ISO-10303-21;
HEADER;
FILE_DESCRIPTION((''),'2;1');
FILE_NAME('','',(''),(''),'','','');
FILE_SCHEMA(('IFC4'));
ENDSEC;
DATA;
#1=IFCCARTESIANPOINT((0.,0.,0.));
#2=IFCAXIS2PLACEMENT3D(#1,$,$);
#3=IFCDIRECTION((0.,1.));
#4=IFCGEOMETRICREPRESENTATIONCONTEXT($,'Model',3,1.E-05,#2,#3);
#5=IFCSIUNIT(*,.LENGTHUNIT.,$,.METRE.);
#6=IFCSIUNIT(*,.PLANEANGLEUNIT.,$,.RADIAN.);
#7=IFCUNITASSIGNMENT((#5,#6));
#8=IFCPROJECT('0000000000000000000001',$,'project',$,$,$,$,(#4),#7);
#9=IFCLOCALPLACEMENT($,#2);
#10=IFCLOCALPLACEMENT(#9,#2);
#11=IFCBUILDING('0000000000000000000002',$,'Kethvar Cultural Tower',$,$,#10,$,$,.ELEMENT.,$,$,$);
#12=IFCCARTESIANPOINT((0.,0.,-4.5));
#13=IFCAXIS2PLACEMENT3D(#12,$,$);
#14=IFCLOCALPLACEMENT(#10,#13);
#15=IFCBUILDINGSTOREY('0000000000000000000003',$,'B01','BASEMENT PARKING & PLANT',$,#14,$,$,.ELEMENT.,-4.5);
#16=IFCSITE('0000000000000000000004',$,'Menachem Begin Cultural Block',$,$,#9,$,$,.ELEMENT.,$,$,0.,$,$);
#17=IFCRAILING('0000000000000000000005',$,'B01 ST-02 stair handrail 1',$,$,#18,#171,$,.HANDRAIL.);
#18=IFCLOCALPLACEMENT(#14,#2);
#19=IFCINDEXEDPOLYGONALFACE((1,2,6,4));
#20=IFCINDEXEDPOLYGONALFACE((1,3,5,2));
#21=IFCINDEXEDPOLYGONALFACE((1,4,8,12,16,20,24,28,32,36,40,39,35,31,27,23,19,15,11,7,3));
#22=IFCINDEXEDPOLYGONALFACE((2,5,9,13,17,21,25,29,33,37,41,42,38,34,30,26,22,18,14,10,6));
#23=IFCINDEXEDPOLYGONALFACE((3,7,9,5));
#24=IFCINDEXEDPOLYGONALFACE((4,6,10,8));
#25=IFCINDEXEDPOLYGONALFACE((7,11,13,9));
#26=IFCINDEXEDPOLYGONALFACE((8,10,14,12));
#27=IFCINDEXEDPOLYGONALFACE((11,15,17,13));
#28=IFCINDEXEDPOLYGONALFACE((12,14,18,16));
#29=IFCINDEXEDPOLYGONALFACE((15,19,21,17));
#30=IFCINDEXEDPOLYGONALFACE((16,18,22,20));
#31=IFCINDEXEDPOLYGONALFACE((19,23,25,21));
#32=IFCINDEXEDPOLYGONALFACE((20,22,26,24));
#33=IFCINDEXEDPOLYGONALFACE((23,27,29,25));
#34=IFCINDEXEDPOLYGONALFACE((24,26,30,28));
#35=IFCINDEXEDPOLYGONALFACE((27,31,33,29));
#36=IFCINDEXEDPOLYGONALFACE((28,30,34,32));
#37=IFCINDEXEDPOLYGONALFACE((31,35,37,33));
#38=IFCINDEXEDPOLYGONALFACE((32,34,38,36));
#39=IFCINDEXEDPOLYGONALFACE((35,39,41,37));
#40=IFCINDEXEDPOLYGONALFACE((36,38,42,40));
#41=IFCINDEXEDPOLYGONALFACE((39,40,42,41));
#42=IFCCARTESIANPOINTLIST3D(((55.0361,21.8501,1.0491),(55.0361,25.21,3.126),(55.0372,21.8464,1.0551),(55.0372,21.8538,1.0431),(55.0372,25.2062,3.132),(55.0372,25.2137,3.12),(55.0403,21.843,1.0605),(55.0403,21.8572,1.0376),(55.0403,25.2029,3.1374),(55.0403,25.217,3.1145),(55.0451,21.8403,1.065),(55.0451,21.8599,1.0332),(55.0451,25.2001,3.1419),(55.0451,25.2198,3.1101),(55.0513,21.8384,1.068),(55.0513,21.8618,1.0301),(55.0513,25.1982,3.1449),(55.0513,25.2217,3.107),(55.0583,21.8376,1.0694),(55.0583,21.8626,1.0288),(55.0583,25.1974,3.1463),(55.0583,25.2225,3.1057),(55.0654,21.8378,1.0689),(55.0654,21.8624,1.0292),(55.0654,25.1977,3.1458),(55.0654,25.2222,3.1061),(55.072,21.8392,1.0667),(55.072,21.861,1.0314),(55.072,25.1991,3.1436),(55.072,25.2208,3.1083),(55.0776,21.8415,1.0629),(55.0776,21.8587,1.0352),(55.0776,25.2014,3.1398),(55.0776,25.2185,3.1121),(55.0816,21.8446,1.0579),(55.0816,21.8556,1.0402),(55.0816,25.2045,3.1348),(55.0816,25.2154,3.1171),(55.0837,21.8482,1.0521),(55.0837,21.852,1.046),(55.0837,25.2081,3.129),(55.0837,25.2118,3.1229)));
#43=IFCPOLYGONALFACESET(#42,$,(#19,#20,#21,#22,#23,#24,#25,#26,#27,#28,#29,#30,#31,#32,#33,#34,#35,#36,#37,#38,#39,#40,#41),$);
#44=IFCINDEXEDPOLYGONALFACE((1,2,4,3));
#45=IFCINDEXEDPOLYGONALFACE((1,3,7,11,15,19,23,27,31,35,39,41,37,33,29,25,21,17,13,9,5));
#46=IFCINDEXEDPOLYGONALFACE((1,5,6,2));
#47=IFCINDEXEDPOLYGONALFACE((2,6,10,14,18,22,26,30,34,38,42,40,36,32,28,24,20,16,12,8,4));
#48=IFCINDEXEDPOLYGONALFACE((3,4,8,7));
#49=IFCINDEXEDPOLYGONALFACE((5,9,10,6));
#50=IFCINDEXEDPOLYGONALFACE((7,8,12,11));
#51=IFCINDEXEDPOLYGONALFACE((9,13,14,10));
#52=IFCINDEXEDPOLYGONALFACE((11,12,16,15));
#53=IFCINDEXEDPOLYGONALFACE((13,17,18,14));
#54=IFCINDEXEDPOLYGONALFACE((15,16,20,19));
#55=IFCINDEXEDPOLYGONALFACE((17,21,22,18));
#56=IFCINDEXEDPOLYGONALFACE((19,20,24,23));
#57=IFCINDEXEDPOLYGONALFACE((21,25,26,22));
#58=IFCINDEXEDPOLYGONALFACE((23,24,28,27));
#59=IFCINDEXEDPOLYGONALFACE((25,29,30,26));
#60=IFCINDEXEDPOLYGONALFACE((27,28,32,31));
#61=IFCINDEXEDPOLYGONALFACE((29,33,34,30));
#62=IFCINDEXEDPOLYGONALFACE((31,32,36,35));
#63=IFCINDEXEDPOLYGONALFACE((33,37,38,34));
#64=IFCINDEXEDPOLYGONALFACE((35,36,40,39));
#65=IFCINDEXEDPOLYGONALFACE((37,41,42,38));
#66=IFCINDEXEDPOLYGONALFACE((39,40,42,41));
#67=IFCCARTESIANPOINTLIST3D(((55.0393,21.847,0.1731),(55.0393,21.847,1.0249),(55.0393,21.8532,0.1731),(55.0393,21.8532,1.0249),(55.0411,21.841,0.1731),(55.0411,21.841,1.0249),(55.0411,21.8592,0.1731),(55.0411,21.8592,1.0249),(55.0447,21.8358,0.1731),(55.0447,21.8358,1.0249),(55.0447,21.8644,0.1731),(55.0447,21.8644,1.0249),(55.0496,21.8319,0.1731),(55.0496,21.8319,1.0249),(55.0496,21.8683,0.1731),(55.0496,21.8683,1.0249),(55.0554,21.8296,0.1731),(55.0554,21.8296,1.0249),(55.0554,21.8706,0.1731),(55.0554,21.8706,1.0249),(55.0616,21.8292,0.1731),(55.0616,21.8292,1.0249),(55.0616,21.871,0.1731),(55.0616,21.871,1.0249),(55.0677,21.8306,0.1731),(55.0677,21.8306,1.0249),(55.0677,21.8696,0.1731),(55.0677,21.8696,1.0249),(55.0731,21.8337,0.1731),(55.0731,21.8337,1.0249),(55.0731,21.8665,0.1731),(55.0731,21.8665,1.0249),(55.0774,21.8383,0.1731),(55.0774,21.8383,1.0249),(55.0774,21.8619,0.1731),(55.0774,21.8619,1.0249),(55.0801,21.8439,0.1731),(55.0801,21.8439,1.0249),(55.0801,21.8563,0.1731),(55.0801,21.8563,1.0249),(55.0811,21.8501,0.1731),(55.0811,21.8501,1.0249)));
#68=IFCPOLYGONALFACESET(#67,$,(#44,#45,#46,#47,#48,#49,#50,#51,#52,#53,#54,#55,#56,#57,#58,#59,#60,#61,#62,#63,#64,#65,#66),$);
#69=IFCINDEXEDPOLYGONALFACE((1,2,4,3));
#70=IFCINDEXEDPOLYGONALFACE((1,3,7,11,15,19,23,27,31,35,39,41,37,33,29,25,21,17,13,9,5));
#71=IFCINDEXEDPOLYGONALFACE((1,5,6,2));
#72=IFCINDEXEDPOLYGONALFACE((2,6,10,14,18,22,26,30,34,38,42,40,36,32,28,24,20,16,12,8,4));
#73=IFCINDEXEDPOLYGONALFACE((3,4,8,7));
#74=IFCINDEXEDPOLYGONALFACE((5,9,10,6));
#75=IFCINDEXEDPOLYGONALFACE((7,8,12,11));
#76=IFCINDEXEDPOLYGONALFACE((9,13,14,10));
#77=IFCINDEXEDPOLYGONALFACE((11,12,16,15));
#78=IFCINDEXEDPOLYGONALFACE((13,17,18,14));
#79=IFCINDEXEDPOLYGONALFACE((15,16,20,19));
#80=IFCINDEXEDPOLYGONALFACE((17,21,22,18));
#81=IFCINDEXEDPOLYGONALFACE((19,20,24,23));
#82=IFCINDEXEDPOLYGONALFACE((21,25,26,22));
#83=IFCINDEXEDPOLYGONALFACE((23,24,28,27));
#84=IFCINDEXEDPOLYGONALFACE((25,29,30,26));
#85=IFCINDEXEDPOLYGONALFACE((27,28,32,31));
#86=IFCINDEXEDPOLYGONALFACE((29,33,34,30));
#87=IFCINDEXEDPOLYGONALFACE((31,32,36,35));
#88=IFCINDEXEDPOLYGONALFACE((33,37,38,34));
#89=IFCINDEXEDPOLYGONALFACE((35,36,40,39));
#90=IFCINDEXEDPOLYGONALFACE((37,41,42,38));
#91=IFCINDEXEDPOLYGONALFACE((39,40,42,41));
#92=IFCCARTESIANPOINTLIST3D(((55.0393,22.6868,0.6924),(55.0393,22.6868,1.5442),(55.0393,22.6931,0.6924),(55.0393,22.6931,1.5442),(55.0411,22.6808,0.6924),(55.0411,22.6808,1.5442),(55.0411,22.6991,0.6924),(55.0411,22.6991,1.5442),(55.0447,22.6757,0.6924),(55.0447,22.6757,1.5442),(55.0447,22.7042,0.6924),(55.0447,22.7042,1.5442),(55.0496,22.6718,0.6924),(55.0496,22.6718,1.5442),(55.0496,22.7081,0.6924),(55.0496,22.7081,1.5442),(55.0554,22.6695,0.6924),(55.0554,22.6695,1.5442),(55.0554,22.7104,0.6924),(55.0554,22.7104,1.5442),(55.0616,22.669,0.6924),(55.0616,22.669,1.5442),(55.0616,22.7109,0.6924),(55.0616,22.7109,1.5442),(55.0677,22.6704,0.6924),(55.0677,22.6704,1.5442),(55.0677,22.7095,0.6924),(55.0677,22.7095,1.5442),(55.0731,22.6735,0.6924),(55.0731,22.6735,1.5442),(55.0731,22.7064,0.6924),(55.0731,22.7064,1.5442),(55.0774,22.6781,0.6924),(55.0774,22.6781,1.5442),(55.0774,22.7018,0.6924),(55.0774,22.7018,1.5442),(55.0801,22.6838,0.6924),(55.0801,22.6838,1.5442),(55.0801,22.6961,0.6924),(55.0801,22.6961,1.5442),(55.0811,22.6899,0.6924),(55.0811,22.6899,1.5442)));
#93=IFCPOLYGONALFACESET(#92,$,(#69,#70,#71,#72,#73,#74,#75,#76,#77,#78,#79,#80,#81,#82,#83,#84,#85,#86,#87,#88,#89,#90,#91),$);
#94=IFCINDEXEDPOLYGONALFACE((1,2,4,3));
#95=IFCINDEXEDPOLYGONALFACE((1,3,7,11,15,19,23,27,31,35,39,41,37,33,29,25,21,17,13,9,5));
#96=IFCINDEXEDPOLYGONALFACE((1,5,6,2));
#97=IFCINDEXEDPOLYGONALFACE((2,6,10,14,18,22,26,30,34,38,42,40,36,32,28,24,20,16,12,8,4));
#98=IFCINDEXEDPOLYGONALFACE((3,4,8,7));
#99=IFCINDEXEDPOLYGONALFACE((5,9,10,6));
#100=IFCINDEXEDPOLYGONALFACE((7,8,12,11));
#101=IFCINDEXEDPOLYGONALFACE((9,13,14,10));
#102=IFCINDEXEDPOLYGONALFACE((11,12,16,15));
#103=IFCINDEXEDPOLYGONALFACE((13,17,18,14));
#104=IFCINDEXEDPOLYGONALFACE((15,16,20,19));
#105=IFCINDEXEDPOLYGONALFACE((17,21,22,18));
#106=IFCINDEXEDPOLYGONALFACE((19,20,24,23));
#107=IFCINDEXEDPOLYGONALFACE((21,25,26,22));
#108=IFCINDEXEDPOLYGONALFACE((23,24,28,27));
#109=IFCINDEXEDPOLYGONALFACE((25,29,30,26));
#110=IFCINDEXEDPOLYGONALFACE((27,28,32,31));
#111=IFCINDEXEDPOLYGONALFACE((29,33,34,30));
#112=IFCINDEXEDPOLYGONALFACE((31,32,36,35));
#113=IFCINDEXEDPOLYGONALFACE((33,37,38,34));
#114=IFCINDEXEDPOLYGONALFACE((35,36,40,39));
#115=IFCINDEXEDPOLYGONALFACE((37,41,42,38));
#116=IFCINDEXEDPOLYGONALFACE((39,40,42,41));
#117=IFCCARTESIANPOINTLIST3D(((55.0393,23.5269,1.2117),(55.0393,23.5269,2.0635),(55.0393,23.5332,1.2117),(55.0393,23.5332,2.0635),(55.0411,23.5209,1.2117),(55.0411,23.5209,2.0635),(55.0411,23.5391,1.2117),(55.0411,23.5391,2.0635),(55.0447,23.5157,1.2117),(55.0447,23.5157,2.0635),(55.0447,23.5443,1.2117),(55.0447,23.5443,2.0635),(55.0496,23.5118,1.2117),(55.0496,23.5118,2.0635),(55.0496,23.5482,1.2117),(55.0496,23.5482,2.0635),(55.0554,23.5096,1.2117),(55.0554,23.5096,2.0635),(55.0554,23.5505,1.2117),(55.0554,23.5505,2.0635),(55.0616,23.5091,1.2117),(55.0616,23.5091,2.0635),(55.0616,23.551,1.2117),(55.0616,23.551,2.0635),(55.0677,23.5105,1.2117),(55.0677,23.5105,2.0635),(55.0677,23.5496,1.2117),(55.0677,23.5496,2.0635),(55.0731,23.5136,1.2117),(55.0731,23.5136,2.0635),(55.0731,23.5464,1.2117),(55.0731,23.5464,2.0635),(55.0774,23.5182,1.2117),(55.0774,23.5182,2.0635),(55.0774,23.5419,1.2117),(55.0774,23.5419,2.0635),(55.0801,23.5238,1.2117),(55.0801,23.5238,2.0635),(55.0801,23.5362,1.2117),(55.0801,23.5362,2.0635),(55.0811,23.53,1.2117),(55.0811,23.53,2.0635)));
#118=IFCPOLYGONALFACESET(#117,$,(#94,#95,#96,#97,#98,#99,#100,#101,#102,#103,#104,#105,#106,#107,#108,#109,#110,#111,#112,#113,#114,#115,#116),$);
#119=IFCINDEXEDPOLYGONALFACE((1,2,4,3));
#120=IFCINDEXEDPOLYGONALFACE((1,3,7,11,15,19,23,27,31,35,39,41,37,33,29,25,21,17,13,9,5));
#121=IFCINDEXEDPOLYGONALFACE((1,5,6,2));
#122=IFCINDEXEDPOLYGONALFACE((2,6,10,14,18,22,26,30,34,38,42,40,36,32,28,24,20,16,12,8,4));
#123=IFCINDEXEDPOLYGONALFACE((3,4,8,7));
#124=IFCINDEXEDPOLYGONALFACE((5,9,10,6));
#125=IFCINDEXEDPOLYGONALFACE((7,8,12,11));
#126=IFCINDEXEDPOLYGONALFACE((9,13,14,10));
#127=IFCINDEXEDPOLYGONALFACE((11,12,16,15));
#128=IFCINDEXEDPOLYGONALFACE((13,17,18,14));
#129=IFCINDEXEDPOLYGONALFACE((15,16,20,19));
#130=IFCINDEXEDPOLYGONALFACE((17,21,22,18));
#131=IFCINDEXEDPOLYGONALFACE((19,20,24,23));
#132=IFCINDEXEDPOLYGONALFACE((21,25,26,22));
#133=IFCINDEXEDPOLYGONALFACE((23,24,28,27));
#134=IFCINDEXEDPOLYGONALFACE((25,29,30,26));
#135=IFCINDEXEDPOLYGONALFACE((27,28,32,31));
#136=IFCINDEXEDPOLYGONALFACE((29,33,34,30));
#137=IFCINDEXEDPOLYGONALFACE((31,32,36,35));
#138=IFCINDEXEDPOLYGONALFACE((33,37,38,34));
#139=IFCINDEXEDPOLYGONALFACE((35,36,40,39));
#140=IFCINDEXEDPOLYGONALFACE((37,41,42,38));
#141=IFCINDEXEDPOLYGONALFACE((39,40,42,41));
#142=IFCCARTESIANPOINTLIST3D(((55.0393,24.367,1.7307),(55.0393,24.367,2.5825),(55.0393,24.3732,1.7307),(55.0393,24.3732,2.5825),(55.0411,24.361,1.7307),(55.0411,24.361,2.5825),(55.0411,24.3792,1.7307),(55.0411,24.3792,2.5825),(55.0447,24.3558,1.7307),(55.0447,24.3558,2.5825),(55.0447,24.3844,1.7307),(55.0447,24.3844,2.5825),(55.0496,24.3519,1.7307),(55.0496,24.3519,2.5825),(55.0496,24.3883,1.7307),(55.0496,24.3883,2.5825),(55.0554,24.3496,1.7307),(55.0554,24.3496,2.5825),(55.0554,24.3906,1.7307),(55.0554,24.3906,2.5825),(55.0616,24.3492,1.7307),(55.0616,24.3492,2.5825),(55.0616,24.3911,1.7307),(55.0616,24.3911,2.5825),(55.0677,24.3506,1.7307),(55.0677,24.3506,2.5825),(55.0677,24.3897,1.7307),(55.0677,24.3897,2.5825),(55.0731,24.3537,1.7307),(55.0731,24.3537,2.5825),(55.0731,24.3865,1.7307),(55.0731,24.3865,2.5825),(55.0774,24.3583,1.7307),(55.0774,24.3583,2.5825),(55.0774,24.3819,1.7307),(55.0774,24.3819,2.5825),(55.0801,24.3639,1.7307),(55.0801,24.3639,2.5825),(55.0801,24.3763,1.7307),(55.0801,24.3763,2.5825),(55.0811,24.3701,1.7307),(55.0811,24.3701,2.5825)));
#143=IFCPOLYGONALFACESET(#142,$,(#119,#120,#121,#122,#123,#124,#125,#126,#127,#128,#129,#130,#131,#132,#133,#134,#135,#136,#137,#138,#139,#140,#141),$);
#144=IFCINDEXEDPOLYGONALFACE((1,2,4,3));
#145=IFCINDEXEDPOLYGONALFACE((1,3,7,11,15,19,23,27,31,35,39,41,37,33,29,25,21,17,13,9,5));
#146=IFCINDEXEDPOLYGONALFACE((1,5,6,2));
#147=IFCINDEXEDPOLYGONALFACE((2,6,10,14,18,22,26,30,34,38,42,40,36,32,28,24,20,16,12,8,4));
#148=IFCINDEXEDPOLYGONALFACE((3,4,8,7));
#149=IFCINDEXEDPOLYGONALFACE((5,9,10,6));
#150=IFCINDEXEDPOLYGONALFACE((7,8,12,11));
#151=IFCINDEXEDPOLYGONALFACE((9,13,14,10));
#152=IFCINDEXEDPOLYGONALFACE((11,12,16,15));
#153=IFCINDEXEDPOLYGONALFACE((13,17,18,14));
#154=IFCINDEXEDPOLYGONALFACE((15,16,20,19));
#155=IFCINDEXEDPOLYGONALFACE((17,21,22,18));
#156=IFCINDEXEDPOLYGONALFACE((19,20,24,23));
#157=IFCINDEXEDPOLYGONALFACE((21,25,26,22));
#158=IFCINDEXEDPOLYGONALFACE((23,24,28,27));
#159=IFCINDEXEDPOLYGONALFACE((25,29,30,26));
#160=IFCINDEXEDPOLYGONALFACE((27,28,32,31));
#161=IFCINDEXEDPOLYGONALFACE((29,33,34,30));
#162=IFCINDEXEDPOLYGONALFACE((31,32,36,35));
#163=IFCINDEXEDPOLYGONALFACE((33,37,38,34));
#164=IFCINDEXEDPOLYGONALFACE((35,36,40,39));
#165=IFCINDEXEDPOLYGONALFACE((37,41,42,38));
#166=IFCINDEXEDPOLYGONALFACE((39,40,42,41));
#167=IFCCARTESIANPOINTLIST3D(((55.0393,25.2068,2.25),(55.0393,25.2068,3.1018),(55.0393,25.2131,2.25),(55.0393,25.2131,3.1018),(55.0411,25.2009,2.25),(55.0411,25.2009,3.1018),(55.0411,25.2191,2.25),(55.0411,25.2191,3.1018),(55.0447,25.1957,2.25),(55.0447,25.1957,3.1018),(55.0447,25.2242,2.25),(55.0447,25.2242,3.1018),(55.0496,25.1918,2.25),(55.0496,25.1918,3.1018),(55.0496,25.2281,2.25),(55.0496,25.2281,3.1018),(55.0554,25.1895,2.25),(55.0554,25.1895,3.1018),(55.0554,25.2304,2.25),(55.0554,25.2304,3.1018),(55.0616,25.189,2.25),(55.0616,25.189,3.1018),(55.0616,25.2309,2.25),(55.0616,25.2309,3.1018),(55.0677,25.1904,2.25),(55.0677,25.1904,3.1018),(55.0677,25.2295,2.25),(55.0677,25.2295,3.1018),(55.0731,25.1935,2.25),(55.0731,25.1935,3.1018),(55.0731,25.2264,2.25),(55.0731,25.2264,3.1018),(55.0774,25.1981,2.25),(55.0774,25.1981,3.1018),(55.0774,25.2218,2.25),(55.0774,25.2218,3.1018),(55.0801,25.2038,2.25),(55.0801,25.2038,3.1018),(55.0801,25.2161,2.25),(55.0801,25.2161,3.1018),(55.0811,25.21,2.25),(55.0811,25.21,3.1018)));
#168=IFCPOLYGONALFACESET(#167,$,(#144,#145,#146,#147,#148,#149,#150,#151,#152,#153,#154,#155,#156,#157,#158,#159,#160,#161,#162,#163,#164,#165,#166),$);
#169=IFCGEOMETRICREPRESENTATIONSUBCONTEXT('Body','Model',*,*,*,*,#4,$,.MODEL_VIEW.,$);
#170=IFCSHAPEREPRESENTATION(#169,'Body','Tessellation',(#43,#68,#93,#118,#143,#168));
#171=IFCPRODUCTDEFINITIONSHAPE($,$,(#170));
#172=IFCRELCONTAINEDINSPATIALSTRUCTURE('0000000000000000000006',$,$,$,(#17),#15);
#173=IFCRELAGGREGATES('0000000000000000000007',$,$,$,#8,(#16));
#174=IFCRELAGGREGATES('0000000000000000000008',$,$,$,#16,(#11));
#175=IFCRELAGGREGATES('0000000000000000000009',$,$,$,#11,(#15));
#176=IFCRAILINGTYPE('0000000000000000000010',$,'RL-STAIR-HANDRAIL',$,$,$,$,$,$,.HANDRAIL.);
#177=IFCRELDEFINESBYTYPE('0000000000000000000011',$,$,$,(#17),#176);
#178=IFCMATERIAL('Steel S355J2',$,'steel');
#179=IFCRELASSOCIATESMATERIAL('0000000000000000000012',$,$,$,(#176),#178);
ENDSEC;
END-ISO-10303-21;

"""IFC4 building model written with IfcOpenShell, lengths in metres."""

from ifc_helpers import new_model, si_unit, direction, frame, origin, origin_2d, place, context, subcontext, project, spatial, circle, extrude, material, type_object, element, save


model = new_model("IFC4")

# Units and contexts
model_context = context("Model", 3, precision=1e-05, world=origin(), true_north=direction((0.0, 1.0)))
body_context = subcontext(model_context, "Body", "Model", "MODEL_VIEW")
ifc_project = project(units=[si_unit("LENGTHUNIT", "METRE"), si_unit("PLANEANGLEUNIT", "RADIAN")], contexts=[model_context])

# Site, building, storey
site_placement = place(None, origin())
site = spatial("IfcSite", under=ifc_project, at=site_placement, Name="Menachem Begin Cultural Block", CompositionType="ELEMENT", RefElevation=0.0)
building_placement = place(site_placement, origin())
building = spatial("IfcBuilding", under=site, at=building_placement, Name="Kethvar Cultural Tower", CompositionType="ELEMENT")
storey_placement = place(building_placement, frame((0.0, 0.0, -4.5)))
storey = spatial("IfcBuildingStorey", under=building, at=storey_placement, Name="B01", Description="BASEMENT PARKING & PLANT", CompositionType="ELEMENT", Elevation=-4.5)

# Shared definitions
ifc_material_1 = material(Name="Steel S355J2", Category="steel")

# Railing
railing_type_1 = type_object("IfcRailingType", Name="RL-STAIR-HANDRAIL", PredefinedType="HANDRAIL", material=ifc_material_1)
railing_1_placement = place(storey_placement, frame((55.0601, 21.8501, 0.1731)))
element("IfcRailing", 1, at=railing_1_placement, inside=storey, type_object=railing_type_1, Name="B01 ST-02 stair handrail 1", PredefinedType="HANDRAIL", context=body_context, shape_type="SweptSolid", body=[
    extrude(circle(Radius=0.0239, at=origin_2d()), frame((0.0, 0.0, 0.876), z_axis=(0.0, 0.850606, 0.525803), x_axis=(-1.0, 0.0, 0.0)), (0.0, 0.0, 1.0), 3.95),
    extrude(circle(Radius=0.021, at=origin_2d()), origin(), (0.0, 0.0, 1.0), 0.8518),
    extrude(circle(Radius=0.021, at=origin_2d()), frame((0.0, 0.8398, 0.5193)), (0.0, 0.0, 1.0), 0.8518),
    extrude(circle(Radius=0.021, at=origin_2d()), frame((0.0, 1.6799, 1.0386)), (0.0, 0.0, 1.0), 0.8518),
    extrude(circle(Radius=0.021, at=origin_2d()), frame((0.0, 2.52, 1.5576)), (0.0, 0.0, 1.0), 0.8518),
    extrude(circle(Radius=0.021, at=origin_2d()), frame((0.0, 3.3599, 2.0769)), (0.0, 0.0, 1.0), 0.8518),
])

save(model, "model.ifc")
